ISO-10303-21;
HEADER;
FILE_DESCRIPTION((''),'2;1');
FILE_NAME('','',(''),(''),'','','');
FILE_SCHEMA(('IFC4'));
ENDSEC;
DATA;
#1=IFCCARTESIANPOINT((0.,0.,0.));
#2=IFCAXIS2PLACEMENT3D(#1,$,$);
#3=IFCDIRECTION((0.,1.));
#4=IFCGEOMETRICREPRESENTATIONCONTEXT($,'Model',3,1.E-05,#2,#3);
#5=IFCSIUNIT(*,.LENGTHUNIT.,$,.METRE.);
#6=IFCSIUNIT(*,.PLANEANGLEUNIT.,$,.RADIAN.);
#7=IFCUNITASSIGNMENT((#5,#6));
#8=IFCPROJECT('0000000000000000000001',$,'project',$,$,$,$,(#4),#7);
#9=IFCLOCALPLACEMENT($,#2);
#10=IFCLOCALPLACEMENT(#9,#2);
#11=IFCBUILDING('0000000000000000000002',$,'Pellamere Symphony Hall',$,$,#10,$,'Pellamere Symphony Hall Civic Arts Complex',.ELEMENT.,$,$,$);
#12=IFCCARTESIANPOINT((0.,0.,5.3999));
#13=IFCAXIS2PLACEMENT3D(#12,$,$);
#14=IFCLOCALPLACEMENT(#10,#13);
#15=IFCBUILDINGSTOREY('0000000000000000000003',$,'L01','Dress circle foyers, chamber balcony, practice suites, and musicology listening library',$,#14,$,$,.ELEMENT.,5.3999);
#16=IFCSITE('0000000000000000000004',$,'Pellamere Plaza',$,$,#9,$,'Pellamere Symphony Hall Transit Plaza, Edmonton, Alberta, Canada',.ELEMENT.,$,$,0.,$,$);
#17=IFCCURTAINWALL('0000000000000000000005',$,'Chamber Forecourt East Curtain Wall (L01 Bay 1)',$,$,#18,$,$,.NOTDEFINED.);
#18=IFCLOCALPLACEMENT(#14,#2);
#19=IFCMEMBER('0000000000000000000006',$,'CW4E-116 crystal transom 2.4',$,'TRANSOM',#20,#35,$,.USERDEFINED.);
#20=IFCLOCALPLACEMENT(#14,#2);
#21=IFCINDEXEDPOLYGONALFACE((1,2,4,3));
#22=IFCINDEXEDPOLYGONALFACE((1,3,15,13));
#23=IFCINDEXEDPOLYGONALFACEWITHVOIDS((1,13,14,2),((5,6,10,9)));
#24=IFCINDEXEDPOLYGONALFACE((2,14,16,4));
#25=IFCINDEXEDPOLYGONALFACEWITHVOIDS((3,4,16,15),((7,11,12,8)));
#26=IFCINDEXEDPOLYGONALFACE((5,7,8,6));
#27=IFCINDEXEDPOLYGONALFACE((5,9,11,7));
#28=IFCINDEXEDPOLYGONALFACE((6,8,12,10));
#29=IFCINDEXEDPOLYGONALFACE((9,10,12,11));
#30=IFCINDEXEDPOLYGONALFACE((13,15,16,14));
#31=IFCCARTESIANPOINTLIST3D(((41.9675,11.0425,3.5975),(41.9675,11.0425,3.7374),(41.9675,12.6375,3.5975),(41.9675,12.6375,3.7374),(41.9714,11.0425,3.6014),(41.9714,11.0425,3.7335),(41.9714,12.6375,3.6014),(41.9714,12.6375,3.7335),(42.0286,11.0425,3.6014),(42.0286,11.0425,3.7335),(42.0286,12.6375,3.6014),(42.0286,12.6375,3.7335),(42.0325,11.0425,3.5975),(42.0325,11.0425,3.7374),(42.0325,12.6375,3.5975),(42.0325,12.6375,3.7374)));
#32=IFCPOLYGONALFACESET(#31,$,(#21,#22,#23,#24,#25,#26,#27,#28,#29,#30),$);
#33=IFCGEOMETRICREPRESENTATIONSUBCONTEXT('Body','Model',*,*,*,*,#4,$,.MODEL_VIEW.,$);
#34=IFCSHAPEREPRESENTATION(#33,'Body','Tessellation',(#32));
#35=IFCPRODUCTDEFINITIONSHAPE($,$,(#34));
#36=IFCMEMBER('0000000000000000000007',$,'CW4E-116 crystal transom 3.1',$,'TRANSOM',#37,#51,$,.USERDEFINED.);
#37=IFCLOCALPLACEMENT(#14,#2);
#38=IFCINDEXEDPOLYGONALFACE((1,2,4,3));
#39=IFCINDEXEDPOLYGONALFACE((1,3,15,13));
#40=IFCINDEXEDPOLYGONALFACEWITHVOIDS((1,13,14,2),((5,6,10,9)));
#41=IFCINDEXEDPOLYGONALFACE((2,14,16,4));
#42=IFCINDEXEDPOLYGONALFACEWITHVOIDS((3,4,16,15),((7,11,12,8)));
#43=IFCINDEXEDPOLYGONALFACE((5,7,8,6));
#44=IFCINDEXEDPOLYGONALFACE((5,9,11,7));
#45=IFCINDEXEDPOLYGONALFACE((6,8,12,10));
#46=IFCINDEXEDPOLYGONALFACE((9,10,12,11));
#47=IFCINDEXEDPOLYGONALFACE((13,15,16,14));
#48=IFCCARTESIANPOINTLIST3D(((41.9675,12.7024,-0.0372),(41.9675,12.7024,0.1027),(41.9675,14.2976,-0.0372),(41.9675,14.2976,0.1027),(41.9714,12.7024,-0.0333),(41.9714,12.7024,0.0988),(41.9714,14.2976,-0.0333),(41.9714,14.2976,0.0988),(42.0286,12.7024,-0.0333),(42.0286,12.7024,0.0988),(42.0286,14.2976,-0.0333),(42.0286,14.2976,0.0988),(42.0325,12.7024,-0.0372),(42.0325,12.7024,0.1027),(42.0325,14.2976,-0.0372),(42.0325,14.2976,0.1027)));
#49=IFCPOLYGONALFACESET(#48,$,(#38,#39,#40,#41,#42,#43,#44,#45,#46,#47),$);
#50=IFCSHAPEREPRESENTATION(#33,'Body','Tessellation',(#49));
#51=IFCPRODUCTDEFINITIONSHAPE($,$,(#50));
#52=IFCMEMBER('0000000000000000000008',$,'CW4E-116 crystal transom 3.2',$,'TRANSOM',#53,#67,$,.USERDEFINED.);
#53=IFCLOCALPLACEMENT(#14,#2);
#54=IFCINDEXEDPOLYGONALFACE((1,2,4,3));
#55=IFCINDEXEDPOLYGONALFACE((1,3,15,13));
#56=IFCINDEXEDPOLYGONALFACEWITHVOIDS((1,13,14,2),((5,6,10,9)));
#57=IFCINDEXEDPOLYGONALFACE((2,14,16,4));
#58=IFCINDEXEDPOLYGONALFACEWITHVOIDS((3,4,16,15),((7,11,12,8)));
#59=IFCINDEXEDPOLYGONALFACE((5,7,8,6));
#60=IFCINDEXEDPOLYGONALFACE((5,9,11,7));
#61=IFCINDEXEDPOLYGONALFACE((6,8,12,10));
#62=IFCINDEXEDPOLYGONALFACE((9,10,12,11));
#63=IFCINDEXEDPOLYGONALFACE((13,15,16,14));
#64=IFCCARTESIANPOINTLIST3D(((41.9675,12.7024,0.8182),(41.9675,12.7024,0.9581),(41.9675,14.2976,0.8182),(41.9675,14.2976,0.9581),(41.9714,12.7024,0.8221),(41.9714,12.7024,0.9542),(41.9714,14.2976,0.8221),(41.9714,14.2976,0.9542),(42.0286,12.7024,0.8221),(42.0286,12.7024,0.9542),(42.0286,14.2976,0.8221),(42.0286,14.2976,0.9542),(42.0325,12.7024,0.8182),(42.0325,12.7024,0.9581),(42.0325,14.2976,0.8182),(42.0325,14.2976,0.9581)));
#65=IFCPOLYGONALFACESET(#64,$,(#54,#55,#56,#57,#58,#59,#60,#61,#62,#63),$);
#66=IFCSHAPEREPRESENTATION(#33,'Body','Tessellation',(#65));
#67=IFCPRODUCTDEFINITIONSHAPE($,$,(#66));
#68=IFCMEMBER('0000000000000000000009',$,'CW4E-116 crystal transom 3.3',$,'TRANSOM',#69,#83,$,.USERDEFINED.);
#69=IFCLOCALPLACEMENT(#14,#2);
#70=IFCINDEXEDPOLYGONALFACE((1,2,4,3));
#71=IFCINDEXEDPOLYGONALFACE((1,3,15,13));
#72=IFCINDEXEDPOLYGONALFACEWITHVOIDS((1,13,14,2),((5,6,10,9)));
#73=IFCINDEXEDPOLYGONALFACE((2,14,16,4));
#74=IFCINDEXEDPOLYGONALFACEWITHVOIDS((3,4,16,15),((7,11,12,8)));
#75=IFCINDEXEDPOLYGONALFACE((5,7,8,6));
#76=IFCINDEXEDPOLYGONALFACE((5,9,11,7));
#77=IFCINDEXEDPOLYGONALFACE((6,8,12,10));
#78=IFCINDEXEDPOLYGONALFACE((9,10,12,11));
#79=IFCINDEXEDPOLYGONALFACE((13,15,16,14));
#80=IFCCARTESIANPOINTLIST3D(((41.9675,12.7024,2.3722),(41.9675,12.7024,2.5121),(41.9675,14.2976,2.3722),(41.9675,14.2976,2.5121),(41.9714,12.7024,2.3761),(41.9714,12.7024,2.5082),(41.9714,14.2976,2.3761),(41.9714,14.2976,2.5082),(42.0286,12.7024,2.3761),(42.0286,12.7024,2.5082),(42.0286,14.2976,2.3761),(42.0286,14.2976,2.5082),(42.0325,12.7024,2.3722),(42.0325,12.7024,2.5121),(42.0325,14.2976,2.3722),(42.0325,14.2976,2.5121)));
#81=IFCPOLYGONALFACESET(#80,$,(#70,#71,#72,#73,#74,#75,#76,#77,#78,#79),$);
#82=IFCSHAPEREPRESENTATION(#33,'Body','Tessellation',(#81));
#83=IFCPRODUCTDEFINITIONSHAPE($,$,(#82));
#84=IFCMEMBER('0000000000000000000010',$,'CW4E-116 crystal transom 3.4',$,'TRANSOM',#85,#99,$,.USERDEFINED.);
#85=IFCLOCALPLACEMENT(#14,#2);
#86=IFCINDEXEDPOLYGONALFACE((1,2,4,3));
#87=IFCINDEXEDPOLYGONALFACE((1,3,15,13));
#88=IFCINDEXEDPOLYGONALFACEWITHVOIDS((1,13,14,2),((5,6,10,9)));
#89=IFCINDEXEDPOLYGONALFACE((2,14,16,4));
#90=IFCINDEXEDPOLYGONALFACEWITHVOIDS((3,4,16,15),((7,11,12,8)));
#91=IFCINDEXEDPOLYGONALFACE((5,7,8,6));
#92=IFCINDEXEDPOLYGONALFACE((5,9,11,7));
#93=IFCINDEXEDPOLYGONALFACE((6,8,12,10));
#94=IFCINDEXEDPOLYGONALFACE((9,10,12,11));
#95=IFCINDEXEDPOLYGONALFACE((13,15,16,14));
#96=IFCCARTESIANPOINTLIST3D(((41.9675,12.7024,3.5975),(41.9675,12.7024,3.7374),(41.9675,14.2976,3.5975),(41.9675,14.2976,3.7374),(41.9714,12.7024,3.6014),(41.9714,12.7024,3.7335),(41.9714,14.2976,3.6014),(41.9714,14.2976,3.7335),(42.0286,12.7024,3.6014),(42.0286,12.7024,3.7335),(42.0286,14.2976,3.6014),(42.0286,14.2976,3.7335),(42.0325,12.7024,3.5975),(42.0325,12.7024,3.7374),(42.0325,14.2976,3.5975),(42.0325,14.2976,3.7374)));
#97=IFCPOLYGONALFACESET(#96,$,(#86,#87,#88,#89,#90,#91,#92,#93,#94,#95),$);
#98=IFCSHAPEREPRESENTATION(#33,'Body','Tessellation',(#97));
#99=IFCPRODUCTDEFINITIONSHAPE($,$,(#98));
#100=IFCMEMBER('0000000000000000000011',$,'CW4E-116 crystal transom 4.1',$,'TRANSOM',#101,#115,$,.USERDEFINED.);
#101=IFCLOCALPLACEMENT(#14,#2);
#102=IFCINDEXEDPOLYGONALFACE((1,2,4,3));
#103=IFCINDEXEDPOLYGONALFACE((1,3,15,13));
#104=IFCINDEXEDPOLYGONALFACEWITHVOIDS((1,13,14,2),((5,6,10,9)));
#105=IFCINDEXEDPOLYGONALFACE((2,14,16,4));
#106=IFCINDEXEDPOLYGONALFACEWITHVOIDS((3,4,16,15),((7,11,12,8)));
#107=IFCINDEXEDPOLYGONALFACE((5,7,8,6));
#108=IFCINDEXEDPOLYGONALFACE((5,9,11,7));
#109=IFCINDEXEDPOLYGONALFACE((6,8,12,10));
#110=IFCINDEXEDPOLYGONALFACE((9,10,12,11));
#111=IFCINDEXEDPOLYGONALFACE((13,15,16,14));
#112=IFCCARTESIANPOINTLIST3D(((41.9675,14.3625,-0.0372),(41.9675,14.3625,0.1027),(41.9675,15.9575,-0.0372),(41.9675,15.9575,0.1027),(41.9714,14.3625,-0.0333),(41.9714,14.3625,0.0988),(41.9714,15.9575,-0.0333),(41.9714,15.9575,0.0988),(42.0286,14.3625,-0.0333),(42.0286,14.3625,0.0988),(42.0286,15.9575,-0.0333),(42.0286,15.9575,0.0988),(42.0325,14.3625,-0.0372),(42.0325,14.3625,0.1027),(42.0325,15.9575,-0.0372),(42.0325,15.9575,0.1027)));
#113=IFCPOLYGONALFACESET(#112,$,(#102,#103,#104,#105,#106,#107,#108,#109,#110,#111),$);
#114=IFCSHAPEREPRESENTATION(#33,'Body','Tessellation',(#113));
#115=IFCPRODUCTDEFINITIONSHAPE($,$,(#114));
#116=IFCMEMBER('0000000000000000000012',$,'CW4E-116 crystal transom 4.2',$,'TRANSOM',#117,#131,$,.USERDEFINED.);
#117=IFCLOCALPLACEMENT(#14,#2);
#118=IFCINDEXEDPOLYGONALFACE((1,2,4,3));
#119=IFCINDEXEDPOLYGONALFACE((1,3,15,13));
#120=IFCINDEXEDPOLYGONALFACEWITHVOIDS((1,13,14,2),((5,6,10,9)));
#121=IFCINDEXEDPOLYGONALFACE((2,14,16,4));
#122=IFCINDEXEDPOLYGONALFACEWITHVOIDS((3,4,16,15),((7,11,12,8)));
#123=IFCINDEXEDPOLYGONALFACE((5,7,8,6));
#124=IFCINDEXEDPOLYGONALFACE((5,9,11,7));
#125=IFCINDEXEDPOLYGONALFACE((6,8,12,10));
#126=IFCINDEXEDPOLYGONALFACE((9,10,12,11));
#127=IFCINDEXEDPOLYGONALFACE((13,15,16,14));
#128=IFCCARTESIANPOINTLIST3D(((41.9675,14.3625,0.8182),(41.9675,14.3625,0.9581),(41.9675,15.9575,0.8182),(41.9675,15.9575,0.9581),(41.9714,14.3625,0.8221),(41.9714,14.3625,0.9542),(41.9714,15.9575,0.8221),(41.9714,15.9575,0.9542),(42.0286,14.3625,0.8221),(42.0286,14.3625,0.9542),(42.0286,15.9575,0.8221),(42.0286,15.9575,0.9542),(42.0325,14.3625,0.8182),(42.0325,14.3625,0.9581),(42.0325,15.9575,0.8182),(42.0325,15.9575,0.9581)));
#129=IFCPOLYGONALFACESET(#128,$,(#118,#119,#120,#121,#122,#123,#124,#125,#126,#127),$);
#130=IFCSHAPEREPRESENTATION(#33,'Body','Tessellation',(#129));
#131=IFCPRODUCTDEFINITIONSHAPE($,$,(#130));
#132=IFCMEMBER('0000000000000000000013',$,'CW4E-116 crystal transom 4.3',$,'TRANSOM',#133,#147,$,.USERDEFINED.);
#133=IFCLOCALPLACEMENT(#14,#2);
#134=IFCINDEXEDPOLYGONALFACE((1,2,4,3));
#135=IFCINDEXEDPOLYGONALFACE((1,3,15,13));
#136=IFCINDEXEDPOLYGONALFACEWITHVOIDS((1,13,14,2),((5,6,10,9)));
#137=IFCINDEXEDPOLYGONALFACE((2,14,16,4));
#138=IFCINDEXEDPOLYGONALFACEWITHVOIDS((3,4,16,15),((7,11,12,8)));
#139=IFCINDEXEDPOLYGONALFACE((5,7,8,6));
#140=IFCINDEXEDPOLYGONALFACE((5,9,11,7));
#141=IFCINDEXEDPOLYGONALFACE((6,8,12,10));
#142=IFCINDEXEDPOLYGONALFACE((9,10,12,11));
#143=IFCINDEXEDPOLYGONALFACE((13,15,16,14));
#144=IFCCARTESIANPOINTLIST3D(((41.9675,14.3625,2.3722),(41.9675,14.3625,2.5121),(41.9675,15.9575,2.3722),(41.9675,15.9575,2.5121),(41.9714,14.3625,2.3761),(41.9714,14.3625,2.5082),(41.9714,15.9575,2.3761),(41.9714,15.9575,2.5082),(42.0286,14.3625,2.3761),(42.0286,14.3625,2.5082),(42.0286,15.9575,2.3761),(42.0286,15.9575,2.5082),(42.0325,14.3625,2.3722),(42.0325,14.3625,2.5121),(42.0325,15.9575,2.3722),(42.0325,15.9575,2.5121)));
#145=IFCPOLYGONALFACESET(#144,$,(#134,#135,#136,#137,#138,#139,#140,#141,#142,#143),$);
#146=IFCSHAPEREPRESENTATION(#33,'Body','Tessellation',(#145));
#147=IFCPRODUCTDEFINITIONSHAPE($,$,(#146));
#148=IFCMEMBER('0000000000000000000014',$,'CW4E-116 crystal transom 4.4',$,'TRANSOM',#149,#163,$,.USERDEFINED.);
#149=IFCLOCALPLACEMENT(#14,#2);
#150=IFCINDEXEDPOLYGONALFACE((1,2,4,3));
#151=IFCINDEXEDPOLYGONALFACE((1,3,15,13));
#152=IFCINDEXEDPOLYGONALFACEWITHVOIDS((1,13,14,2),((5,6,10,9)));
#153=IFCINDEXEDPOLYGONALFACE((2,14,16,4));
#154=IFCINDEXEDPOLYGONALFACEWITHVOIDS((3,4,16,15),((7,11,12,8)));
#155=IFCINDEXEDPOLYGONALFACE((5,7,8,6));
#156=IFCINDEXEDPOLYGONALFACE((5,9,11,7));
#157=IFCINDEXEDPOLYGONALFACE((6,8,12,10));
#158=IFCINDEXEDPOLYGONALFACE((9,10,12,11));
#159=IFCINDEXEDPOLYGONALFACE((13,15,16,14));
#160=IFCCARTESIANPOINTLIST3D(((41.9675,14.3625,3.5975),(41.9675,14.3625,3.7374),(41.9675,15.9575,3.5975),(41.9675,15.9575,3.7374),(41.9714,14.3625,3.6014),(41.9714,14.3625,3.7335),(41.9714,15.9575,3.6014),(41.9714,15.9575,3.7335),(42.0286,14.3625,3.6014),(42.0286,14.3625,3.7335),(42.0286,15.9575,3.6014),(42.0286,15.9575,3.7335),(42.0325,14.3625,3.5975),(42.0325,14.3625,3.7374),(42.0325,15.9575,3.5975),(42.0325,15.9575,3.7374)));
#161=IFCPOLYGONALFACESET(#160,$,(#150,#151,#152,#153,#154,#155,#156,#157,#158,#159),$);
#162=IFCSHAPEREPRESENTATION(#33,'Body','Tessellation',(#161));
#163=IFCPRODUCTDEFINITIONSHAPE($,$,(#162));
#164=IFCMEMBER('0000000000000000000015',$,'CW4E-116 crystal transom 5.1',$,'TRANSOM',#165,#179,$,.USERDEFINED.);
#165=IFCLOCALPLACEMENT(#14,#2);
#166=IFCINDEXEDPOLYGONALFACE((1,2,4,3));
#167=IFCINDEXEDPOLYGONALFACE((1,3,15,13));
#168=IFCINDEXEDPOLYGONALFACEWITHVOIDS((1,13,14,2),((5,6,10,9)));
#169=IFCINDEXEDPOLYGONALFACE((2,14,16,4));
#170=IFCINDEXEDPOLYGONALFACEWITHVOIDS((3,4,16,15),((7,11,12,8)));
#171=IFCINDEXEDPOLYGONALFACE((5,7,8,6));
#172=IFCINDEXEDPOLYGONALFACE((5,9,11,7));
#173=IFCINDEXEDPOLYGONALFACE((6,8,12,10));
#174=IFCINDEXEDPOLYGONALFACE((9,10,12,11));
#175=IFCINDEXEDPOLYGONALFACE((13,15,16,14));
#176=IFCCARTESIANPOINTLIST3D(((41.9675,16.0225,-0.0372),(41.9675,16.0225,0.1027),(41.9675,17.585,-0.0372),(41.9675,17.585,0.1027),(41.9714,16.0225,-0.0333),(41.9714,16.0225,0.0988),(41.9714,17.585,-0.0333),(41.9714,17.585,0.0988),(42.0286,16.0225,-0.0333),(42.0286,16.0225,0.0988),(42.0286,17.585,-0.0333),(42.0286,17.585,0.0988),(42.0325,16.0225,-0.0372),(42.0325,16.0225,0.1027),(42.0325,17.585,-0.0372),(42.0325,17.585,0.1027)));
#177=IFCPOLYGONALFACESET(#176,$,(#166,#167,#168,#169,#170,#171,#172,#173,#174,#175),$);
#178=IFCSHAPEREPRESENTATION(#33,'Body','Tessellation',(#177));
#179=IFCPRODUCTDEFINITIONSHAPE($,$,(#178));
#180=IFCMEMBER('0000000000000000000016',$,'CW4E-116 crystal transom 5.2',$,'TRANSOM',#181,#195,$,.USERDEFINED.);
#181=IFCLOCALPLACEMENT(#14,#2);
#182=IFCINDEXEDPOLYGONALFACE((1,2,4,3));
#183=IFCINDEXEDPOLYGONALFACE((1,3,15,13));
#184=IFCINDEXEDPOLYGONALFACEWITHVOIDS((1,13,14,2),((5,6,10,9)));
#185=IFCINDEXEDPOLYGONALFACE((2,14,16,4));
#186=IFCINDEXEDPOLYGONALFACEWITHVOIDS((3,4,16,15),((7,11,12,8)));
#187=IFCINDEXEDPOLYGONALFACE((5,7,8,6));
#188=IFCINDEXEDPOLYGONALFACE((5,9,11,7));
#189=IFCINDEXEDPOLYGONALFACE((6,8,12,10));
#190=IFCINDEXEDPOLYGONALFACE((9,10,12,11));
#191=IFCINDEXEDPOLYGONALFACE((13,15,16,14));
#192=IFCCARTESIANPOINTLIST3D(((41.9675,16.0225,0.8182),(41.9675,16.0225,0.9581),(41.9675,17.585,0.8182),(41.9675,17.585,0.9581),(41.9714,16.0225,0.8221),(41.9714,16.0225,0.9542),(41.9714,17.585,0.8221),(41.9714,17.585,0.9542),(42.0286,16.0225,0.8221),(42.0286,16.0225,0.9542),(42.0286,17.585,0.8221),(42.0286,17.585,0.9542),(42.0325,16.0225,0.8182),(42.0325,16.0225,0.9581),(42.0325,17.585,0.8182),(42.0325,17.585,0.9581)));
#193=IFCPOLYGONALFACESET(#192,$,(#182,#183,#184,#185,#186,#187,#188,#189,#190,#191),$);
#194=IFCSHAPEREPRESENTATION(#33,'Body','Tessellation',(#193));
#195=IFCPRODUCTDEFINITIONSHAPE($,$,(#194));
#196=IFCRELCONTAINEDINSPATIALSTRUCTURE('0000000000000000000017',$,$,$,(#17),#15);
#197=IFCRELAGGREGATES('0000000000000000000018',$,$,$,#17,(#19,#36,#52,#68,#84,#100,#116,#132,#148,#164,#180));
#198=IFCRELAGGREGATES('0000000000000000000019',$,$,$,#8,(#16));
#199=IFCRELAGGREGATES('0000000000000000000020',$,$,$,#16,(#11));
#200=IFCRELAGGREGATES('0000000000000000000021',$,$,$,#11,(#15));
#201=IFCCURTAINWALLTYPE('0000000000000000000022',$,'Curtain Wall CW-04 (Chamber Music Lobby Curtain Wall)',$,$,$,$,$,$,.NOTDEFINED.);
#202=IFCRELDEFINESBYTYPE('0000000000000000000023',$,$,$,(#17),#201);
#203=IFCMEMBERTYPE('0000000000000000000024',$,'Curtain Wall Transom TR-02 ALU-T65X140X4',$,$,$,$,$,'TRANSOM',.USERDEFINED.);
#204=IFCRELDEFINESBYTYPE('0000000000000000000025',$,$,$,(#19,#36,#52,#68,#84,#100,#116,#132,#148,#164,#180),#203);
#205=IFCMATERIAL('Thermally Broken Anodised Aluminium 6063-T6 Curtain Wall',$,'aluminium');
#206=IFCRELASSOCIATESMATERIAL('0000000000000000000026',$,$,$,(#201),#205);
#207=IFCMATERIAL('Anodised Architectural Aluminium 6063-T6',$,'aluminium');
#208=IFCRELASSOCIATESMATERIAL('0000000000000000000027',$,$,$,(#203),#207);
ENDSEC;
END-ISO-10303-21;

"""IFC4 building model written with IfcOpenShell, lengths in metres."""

from ifc_helpers import new_model, si_unit, direction, frame, origin, origin_2d, place, context, subcontext, project, spatial, hollow_rectangle, extrude, material, material_profile, profile_set, type_object, element, aggregate, save


model = new_model("IFC4")

# Units and contexts
model_context = context("Model", 3, precision=1e-05, world=origin(), true_north=direction((0.0, 1.0)))
body_context = subcontext(model_context, "Body", "Model", "MODEL_VIEW")
ifc_project = project(units=[si_unit("LENGTHUNIT", "METRE"), si_unit("PLANEANGLEUNIT", "RADIAN")], contexts=[model_context])

# Site, building, storey
site_placement = place(None, origin())
site = spatial("IfcSite", under=ifc_project, at=site_placement, Name="Pellamere Plaza", LongName="Pellamere Symphony Hall Transit Plaza, Edmonton, Alberta, Canada", CompositionType="ELEMENT", RefElevation=0.0)
building_placement = place(site_placement, origin())
building = spatial("IfcBuilding", under=site, at=building_placement, Name="Pellamere Symphony Hall", LongName="Pellamere Symphony Hall Civic Arts Complex", CompositionType="ELEMENT")
storey_placement = place(building_placement, frame((0.0, 0.0, 5.3999)))
storey = spatial("IfcBuildingStorey", under=building, at=storey_placement, Name="L01", Description="Dress circle foyers, chamber balcony, practice suites, and musicology listening library", CompositionType="ELEMENT", Elevation=5.3999)

# Shared definitions
ifc_material_1 = material(Name="Thermally Broken Anodised Aluminium 6063-T6 Curtain Wall", Category="aluminium")
ifc_material_2 = material(Name="Anodised Architectural Aluminium 6063-T6", Category="aluminium")

# Curtain wall
curtain_wall_type_1 = type_object("IfcCurtainWallType", Name="Curtain Wall CW-04 (Chamber Music Lobby Curtain Wall)", PredefinedType="NOTDEFINED", material=ifc_material_1)
curtain_wall_1_placement = place(storey_placement, origin())
curtain_wall_1 = element("IfcCurtainWall", 1, at=curtain_wall_1_placement, inside=storey, type_object=curtain_wall_type_1, Name="Chamber Forecourt East Curtain Wall (L01 Bay 1)", PredefinedType="NOTDEFINED")

# Members
ifc_material_profile_1 = material_profile(ifc_material_2, hollow_rectangle(XDim=0.0649, YDim=0.1399, WallThickness=0.0039, at=origin_2d()), Name="ALU-T65X140X4")
ifc_profile_set_1 = profile_set([ifc_material_profile_1], Name="Anodised Architectural Aluminium 6063-T6")
member_type_1 = type_object("IfcMemberType", Name="Curtain Wall Transom TR-02 ALU-T65X140X4", ElementType="TRANSOM", PredefinedType="USERDEFINED", material=ifc_profile_set_1)
member_1_placement = place(storey_placement, frame((42.0, 11.0425, 3.6675), z_axis=(0.0, 1.0, 0.0), x_axis=(-1.0, 0.0, 0.0)))
member_1 = element("IfcMember", 2, at=member_1_placement, type_object=member_type_1, Name="CW4E-116 crystal transom 2.4", ObjectType="TRANSOM", PredefinedType="USERDEFINED", context=body_context, shape_type="SweptSolid", body=[
    extrude(hollow_rectangle(XDim=0.0649, YDim=0.1399, WallThickness=0.0039, at=origin_2d()), origin(), (0.0, 0.0, 1.0), 1.595),
])
member_2_placement = place(storey_placement, frame((42.0, 12.7024, 0.0327), z_axis=(0.0, 1.0, 0.0), x_axis=(-1.0, 0.0, 0.0)))
member_2 = element("IfcMember", 3, at=member_2_placement, type_object=member_type_1, Name="CW4E-116 crystal transom 3.1", ObjectType="TRANSOM", PredefinedType="USERDEFINED", context=body_context, shape_type="SweptSolid", body=[
    extrude(hollow_rectangle(XDim=0.0649, YDim=0.1399, WallThickness=0.0039, at=origin_2d()), origin(), (0.0, 0.0, 1.0), 1.5952),
])
member_3_placement = place(storey_placement, frame((42.0, 12.7024, 0.8882), z_axis=(0.0, 1.0, 0.0), x_axis=(-1.0, 0.0, 0.0)))
member_3 = element("IfcMember", 4, at=member_3_placement, type_object=member_type_1, Name="CW4E-116 crystal transom 3.2", ObjectType="TRANSOM", PredefinedType="USERDEFINED", context=body_context, shape_type="SweptSolid", body=[
    extrude(hollow_rectangle(XDim=0.0649, YDim=0.1399, WallThickness=0.0039, at=origin_2d()), origin(), (0.0, 0.0, 1.0), 1.5952),
])
member_4_placement = place(storey_placement, frame((42.0, 12.7024, 2.4421), z_axis=(0.0, 1.0, 0.0), x_axis=(-1.0, 0.0, 0.0)))
member_4 = element("IfcMember", 5, at=member_4_placement, type_object=member_type_1, Name="CW4E-116 crystal transom 3.3", ObjectType="TRANSOM", PredefinedType="USERDEFINED", context=body_context, shape_type="SweptSolid", body=[
    extrude(hollow_rectangle(XDim=0.0649, YDim=0.1399, WallThickness=0.0039, at=origin_2d()), origin(), (0.0, 0.0, 1.0), 1.5952),
])
member_5_placement = place(storey_placement, frame((42.0, 12.7024, 3.6675), z_axis=(0.0, 1.0, 0.0), x_axis=(-1.0, 0.0, 0.0)))
member_5 = element("IfcMember", 6, at=member_5_placement, type_object=member_type_1, Name="CW4E-116 crystal transom 3.4", ObjectType="TRANSOM", PredefinedType="USERDEFINED", context=body_context, shape_type="SweptSolid", body=[
    extrude(hollow_rectangle(XDim=0.0649, YDim=0.1399, WallThickness=0.0039, at=origin_2d()), origin(), (0.0, 0.0, 1.0), 1.5952),
])
member_6_placement = place(storey_placement, frame((42.0, 14.3625, 0.0327), z_axis=(0.0, 1.0, 0.0), x_axis=(-1.0, 0.0, 0.0)))
member_6 = element("IfcMember", 7, at=member_6_placement, type_object=member_type_1, Name="CW4E-116 crystal transom 4.1", ObjectType="TRANSOM", PredefinedType="USERDEFINED", context=body_context, shape_type="SweptSolid", body=[
    extrude(hollow_rectangle(XDim=0.0649, YDim=0.1399, WallThickness=0.0039, at=origin_2d()), origin(), (0.0, 0.0, 1.0), 1.595),
])
member_7_placement = place(storey_placement, frame((42.0, 14.3625, 0.8882), z_axis=(0.0, 1.0, 0.0), x_axis=(-1.0, 0.0, 0.0)))
member_7 = element("IfcMember", 8, at=member_7_placement, type_object=member_type_1, Name="CW4E-116 crystal transom 4.2", ObjectType="TRANSOM", PredefinedType="USERDEFINED", context=body_context, shape_type="SweptSolid", body=[
    extrude(hollow_rectangle(XDim=0.0649, YDim=0.1399, WallThickness=0.0039, at=origin_2d()), origin(), (0.0, 0.0, 1.0), 1.595),
])
member_8_placement = place(storey_placement, frame((42.0, 14.3625, 2.4421), z_axis=(0.0, 1.0, 0.0), x_axis=(-1.0, 0.0, 0.0)))
member_8 = element("IfcMember", 9, at=member_8_placement, type_object=member_type_1, Name="CW4E-116 crystal transom 4.3", ObjectType="TRANSOM", PredefinedType="USERDEFINED", context=body_context, shape_type="SweptSolid", body=[
    extrude(hollow_rectangle(XDim=0.0649, YDim=0.1399, WallThickness=0.0039, at=origin_2d()), origin(), (0.0, 0.0, 1.0), 1.595),
])
member_9_placement = place(storey_placement, frame((42.0, 14.3625, 3.6675), z_axis=(0.0, 1.0, 0.0), x_axis=(-1.0, 0.0, 0.0)))
member_9 = element("IfcMember", 10, at=member_9_placement, type_object=member_type_1, Name="CW4E-116 crystal transom 4.4", ObjectType="TRANSOM", PredefinedType="USERDEFINED", context=body_context, shape_type="SweptSolid", body=[
    extrude(hollow_rectangle(XDim=0.0649, YDim=0.1399, WallThickness=0.0039, at=origin_2d()), origin(), (0.0, 0.0, 1.0), 1.595),
])
member_10_placement = place(storey_placement, frame((42.0, 16.0225, 0.0327), z_axis=(0.0, 1.0, 0.0), x_axis=(-1.0, 0.0, 0.0)))
member_10 = element("IfcMember", 11, at=member_10_placement, type_object=member_type_1, Name="CW4E-116 crystal transom 5.1", ObjectType="TRANSOM", PredefinedType="USERDEFINED", context=body_context, shape_type="SweptSolid", body=[
    extrude(hollow_rectangle(XDim=0.0649, YDim=0.1399, WallThickness=0.0039, at=origin_2d()), origin(), (0.0, 0.0, 1.0), 1.5625),
])
member_11_placement = place(storey_placement, frame((42.0, 16.0225, 0.8882), z_axis=(0.0, 1.0, 0.0), x_axis=(-1.0, 0.0, 0.0)))
member_11 = element("IfcMember", 12, at=member_11_placement, type_object=member_type_1, Name="CW4E-116 crystal transom 5.2", ObjectType="TRANSOM", PredefinedType="USERDEFINED", context=body_context, shape_type="SweptSolid", body=[
    extrude(hollow_rectangle(XDim=0.0649, YDim=0.1399, WallThickness=0.0039, at=origin_2d()), origin(), (0.0, 0.0, 1.0), 1.5625),
])

aggregate(curtain_wall_1, [member_1, member_2, member_3, member_4, member_5, member_6, member_7, member_8, member_9, member_10, member_11])

save(model, "model.ifc")
